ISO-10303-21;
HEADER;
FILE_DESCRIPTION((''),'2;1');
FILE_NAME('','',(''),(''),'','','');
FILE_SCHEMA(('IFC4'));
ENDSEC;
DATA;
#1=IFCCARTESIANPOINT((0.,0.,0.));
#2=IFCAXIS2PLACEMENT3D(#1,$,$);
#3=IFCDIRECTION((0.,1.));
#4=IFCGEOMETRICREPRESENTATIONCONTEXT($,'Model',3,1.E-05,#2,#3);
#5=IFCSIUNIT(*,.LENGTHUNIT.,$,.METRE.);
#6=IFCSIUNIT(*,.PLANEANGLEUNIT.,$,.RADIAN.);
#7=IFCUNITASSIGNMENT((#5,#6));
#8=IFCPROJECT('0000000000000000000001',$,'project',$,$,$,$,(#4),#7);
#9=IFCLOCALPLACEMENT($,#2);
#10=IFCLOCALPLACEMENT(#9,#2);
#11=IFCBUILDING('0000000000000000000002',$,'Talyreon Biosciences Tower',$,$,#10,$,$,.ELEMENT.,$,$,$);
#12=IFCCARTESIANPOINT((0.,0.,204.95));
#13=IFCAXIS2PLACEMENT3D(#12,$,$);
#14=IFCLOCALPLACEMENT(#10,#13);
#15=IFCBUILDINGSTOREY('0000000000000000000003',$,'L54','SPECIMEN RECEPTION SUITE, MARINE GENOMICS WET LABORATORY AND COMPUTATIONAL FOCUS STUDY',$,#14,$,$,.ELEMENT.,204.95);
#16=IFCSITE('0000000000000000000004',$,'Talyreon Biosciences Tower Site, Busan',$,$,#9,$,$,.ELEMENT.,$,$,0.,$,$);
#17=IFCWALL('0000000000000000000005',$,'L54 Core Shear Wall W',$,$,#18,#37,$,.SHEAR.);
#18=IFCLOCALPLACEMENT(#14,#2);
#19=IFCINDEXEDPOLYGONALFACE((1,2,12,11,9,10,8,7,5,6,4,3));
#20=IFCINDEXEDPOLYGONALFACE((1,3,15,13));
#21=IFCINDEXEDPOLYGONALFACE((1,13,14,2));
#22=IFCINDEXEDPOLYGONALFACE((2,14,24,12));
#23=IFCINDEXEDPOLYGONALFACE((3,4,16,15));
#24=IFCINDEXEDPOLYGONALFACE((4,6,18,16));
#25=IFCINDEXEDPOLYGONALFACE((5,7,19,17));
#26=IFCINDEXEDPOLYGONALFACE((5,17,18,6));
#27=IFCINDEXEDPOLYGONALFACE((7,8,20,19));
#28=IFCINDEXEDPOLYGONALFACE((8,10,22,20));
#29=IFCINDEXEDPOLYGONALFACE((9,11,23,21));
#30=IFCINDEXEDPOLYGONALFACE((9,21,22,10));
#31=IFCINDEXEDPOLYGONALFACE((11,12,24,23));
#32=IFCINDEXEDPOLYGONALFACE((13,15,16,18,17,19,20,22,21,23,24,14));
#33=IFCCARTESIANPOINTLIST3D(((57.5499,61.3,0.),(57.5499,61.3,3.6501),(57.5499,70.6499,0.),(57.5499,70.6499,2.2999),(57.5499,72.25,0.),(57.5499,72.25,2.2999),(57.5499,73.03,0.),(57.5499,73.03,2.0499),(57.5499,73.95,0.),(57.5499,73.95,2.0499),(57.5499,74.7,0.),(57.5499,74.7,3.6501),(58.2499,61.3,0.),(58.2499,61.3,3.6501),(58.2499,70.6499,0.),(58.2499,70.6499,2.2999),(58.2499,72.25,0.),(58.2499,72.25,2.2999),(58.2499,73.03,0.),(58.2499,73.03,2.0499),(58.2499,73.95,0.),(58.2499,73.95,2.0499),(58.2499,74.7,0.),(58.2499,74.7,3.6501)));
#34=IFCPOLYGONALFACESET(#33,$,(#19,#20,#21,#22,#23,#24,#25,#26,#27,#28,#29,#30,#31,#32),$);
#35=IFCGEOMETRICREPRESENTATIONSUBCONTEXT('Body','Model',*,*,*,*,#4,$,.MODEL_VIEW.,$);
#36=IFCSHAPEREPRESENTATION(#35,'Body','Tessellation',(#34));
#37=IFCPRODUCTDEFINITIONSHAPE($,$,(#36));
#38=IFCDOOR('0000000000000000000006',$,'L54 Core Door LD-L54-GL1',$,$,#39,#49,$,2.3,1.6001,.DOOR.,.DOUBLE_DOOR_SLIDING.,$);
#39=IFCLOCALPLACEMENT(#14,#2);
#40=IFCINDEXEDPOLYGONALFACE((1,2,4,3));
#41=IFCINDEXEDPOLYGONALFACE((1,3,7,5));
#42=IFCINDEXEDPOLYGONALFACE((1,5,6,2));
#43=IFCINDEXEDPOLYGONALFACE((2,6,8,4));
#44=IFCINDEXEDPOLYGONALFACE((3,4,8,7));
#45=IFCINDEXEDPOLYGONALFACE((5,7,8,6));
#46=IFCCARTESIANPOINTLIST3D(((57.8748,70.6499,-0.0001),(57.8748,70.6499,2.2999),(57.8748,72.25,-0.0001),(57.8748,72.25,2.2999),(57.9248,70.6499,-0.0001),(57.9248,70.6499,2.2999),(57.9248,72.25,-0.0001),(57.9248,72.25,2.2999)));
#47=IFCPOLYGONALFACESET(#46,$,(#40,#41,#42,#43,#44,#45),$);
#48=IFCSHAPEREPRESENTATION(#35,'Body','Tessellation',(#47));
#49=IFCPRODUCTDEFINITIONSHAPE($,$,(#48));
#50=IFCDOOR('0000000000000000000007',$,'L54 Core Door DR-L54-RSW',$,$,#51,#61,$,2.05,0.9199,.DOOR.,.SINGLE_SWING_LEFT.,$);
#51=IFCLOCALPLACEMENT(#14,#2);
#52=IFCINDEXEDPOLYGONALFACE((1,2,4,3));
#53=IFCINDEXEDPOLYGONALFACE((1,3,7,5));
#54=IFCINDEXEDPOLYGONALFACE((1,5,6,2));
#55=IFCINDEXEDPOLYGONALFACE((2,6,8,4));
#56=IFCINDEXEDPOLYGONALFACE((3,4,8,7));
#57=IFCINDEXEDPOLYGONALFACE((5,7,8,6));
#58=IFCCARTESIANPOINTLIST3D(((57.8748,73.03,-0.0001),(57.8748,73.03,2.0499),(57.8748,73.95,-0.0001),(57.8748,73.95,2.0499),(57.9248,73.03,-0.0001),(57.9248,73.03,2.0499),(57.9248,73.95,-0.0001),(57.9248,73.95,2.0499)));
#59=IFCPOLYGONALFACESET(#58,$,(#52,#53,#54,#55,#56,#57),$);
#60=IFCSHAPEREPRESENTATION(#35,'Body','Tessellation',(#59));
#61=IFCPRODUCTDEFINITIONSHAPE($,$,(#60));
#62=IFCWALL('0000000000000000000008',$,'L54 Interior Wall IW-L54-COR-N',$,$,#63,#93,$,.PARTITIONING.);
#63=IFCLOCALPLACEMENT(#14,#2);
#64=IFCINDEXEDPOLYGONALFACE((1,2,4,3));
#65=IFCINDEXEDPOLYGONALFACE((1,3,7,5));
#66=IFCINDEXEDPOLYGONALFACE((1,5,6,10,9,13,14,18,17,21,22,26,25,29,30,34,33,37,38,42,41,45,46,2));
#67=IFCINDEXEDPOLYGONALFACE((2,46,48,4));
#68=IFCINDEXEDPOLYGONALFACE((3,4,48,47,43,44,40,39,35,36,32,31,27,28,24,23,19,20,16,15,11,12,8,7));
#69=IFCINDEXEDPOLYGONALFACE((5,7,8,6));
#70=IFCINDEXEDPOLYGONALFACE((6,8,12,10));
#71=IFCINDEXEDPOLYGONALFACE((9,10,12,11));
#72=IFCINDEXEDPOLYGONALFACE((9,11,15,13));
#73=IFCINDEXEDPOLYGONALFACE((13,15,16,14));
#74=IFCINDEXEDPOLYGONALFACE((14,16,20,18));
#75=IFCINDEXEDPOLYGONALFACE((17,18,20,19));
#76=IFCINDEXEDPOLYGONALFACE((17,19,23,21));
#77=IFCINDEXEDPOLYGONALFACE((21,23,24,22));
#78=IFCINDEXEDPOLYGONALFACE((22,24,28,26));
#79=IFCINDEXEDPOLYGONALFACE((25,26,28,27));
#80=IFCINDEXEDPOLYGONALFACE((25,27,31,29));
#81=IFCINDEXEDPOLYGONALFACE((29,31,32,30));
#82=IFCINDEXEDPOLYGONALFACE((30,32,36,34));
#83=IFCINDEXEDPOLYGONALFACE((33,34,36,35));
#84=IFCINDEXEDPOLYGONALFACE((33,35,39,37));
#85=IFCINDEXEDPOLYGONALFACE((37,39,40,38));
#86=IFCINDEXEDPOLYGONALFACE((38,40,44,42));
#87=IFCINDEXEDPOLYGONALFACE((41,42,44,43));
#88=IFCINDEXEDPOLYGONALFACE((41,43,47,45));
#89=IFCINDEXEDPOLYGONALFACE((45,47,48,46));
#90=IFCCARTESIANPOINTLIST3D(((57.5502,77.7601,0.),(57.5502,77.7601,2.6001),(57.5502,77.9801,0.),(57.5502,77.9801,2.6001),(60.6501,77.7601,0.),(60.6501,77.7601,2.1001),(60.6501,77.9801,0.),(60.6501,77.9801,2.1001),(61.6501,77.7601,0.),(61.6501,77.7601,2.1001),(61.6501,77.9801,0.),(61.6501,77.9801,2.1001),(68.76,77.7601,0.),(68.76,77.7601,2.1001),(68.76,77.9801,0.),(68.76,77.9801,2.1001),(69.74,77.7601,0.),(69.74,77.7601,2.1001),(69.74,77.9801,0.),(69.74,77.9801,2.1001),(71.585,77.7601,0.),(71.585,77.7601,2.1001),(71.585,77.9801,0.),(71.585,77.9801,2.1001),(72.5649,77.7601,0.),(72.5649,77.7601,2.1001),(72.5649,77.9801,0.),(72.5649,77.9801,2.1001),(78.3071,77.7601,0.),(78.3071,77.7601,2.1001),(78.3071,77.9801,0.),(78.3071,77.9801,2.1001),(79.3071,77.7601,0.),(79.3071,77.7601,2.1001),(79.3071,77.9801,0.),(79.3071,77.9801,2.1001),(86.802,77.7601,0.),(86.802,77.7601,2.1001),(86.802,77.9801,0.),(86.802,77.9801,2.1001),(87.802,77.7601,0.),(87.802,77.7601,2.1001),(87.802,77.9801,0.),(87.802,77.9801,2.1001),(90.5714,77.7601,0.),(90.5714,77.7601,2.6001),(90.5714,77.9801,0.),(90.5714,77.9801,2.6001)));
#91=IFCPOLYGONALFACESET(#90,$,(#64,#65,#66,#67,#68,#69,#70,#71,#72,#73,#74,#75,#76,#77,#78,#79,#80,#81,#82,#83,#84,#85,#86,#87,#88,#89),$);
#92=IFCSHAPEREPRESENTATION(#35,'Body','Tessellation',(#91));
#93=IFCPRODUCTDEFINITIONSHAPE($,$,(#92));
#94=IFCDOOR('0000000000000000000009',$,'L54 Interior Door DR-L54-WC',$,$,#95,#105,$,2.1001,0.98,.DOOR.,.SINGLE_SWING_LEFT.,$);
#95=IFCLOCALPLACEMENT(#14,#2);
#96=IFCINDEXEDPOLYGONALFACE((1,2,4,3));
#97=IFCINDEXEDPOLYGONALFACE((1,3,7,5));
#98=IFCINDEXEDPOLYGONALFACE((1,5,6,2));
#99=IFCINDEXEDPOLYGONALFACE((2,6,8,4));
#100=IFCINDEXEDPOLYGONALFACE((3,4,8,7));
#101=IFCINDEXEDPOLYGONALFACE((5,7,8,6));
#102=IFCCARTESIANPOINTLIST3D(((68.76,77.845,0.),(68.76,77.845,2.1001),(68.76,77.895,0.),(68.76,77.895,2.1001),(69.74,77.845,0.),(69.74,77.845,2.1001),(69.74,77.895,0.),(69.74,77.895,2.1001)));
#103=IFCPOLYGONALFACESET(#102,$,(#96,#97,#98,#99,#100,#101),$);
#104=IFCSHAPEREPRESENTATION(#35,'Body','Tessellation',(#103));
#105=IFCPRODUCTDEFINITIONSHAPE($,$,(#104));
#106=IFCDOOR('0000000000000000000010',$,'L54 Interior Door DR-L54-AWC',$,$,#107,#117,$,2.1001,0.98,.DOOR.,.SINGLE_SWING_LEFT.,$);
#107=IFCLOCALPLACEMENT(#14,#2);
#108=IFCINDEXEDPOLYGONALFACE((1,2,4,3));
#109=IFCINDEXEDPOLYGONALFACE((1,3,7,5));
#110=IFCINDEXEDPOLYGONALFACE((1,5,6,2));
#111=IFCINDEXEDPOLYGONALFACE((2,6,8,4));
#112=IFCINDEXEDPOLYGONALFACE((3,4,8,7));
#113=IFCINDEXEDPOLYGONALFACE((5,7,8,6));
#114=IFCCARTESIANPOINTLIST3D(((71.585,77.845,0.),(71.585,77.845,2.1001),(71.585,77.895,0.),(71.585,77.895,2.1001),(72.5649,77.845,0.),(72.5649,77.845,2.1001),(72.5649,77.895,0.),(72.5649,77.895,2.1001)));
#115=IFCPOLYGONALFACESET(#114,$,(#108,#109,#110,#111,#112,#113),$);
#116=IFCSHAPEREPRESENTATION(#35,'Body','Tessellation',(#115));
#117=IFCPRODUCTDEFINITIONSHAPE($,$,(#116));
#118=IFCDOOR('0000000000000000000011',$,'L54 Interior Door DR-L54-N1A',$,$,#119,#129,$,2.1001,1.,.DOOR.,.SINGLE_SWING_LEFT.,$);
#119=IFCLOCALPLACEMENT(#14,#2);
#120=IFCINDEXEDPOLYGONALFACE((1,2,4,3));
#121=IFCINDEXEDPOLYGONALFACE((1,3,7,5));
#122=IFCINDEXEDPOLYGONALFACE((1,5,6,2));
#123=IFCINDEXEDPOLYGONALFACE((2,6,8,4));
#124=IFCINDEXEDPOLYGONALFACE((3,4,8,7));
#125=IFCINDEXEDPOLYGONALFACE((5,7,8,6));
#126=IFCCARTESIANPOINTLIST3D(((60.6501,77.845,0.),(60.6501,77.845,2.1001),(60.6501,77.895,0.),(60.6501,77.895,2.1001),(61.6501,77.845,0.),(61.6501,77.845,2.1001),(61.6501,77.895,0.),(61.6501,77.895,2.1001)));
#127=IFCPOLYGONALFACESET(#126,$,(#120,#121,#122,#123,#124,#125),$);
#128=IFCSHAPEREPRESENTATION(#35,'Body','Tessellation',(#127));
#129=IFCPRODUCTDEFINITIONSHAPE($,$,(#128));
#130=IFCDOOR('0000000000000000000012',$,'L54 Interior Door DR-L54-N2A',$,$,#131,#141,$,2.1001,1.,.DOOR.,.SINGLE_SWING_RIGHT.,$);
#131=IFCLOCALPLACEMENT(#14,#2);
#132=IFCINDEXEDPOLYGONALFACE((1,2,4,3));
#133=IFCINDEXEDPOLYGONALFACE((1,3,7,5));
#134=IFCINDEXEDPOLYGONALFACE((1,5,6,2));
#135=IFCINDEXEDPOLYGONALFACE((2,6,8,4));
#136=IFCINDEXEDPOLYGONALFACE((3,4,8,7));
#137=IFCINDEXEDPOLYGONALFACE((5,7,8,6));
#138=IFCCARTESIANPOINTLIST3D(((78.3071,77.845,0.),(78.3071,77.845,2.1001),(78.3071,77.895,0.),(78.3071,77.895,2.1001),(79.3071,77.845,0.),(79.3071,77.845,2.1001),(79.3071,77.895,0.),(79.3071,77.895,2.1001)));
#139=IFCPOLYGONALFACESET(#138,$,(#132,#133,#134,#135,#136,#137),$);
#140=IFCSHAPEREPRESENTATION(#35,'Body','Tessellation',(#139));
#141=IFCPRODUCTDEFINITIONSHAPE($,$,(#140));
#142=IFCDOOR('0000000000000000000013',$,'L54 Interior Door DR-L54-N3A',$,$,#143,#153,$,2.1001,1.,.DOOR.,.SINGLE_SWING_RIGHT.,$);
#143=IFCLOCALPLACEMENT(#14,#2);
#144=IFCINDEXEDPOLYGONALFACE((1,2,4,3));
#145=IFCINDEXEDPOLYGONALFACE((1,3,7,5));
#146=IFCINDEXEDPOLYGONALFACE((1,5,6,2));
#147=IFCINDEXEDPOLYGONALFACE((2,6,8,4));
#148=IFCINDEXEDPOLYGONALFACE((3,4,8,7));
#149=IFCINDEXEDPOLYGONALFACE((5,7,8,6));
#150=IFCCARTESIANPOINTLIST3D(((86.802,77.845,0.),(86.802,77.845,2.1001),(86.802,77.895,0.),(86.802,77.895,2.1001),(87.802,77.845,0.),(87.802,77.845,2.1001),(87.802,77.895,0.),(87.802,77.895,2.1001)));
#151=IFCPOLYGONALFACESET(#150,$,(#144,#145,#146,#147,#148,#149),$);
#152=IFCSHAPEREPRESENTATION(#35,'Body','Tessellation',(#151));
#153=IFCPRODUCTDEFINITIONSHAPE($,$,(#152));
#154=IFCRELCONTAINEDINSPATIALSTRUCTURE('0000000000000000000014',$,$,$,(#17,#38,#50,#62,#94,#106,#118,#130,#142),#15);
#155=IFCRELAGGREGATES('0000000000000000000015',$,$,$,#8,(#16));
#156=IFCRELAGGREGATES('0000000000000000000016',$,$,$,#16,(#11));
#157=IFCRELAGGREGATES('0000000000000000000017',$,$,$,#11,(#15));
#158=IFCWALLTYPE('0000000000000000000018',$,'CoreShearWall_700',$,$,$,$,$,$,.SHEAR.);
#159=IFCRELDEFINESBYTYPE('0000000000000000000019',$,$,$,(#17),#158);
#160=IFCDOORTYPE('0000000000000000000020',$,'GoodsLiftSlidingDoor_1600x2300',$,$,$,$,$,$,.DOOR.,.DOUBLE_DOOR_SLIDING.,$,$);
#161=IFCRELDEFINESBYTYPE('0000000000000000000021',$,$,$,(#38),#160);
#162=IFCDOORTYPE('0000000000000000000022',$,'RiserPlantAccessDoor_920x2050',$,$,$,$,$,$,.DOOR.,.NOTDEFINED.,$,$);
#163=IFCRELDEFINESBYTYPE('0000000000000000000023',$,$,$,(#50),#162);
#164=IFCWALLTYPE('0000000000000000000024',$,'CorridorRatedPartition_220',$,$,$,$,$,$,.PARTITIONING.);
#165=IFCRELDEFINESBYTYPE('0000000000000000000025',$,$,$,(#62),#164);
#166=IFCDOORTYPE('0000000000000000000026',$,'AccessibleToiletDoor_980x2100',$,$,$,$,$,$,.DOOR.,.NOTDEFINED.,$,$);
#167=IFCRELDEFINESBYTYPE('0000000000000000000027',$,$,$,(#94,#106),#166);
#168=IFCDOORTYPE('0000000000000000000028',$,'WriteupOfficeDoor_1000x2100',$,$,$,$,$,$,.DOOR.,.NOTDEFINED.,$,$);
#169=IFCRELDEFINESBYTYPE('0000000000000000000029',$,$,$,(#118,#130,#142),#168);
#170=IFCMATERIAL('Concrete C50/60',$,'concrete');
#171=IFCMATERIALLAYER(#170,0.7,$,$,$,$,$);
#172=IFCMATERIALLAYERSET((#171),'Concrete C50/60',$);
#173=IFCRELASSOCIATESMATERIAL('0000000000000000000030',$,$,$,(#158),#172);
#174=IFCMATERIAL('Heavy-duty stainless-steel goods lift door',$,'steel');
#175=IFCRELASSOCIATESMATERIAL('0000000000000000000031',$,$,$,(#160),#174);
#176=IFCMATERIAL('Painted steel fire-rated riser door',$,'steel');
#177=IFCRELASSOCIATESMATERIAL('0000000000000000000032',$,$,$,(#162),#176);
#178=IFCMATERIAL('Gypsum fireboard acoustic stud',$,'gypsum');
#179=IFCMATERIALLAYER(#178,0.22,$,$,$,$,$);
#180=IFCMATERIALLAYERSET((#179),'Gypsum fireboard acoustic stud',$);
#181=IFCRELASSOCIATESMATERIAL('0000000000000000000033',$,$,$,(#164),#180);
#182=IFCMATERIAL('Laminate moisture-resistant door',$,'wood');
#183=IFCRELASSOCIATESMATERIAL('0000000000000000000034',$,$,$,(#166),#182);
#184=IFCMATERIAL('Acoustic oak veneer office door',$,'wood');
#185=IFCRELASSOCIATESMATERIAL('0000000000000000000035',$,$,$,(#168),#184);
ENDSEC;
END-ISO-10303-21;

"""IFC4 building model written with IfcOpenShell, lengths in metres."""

from ifc_helpers import new_model, si_unit, direction, frame, frame_2d, origin, place, context, subcontext, project, spatial, rectangle, extrude, material, layer, layer_set, type_object, element, fill, save


model = new_model("IFC4")

# Units and contexts
model_context = context("Model", 3, precision=1e-05, world=origin(), true_north=direction((0.0, 1.0)))
body_context = subcontext(model_context, "Body", "Model", "MODEL_VIEW")
ifc_project = project(units=[si_unit("LENGTHUNIT", "METRE"), si_unit("PLANEANGLEUNIT", "RADIAN")], contexts=[model_context])

# Site, building, storey
site_placement = place(None, origin())
site = spatial("IfcSite", under=ifc_project, at=site_placement, Name="Talyreon Biosciences Tower Site, Busan", CompositionType="ELEMENT", RefElevation=0.0)
building_placement = place(site_placement, origin())
building = spatial("IfcBuilding", under=site, at=building_placement, Name="Talyreon Biosciences Tower", CompositionType="ELEMENT")
storey_placement = place(building_placement, frame((0.0, 0.0, 204.95)))
storey = spatial("IfcBuildingStorey", under=building, at=storey_placement, Name="L54", Description="SPECIMEN RECEPTION SUITE, MARINE GENOMICS WET LABORATORY AND COMPUTATIONAL FOCUS STUDY", CompositionType="ELEMENT", Elevation=204.95)

# Shared definitions
ifc_material_1 = material(Name="Concrete C50/60", Category="concrete")

# Shared definitions
ifc_layer_1 = layer(ifc_material_1, 0.7)
ifc_layer_set_1 = layer_set([ifc_layer_1], Name="Concrete C50/60")
wall_type_1 = type_object("IfcWallType", Name="CoreShearWall_700", PredefinedType="SHEAR", material=ifc_layer_set_1)

# Walls, openings, doors
wall_1_placement = place(storey_placement, frame((57.8999, 74.7, 0.0), z_axis=(0.0, 0.0, 1.0), x_axis=(0.0, -1.0, 0.0)))
wall_1 = element("IfcWall", 1, at=wall_1_placement, inside=storey, type_object=wall_type_1, Name="L54 Core Shear Wall W", PredefinedType="SHEAR", context=body_context, shape_type="SweptSolid", body=[
    extrude(rectangle(XDim=13.3999, YDim=0.7, at=frame_2d((6.7, 0.0))), origin(), (0.0, 0.0, 1.0), 3.6501),
])
opening_1_placement = place(wall_1_placement, frame((0.75, 0.0, 0.0)))
opening_1 = element("IfcOpeningElement", 2, at=opening_1_placement, cuts=wall_1, PredefinedType="OPENING", context=body_context, shape_type="SweptSolid", body=[
    extrude(rectangle(XDim=0.9199, YDim=2.05, at=frame_2d((0.46, 1.0249))), frame((0.0, 0.3599, 0.0), z_axis=(0.0, -1.0, 0.0), x_axis=(1.0, 0.0, 0.0)), (0.0, 0.0, 1.0), 0.72),
])
opening_2_placement = place(wall_1_placement, frame((2.45, 0.0, 0.0)))
opening_2 = element("IfcOpeningElement", 3, at=opening_2_placement, cuts=wall_1, PredefinedType="OPENING", context=body_context, shape_type="SweptSolid", body=[
    extrude(rectangle(XDim=1.6001, YDim=2.3, at=frame_2d((0.8, 1.1499))), frame((0.0, 0.3599, 0.0), z_axis=(0.0, -1.0, 0.0), x_axis=(1.0, 0.0, 0.0)), (0.0, 0.0, 1.0), 0.72),
])
ifc_material_2 = material(Name="Heavy-duty stainless-steel goods lift door", Category="steel")
door_type_1 = type_object("IfcDoorType", Name="GoodsLiftSlidingDoor_1600x2300", OperationType="DOUBLE_DOOR_SLIDING", PredefinedType="DOOR", material=ifc_material_2)
door_1_placement = place(opening_2_placement, origin())
door_1 = element("IfcDoor", 4, at=door_1_placement, inside=storey, type_object=door_type_1, Name="L54 Core Door LD-L54-GL1", OperationType="DOUBLE_DOOR_SLIDING", OverallHeight=2.3, OverallWidth=1.6001, PredefinedType="DOOR", context=body_context, shape_type="SweptSolid", body=[
    extrude(rectangle(XDim=1.6001, YDim=2.3, at=frame_2d((0.8, 1.1499))), frame((0.0, 0.0249, 0.0), z_axis=(0.0, -1.0, 0.0), x_axis=(1.0, 0.0, 0.0)), (0.0, 0.0, 1.0), 0.05),
])
fill(opening_2, door_1)
ifc_material_3 = material(Name="Painted steel fire-rated riser door", Category="steel")
door_type_2 = type_object("IfcDoorType", Name="RiserPlantAccessDoor_920x2050", OperationType="NOTDEFINED", PredefinedType="DOOR", material=ifc_material_3)
door_2_placement = place(opening_1_placement, origin())
door_2 = element("IfcDoor", 5, at=door_2_placement, inside=storey, type_object=door_type_2, Name="L54 Core Door DR-L54-RSW", OperationType="SINGLE_SWING_LEFT", OverallHeight=2.05, OverallWidth=0.9199, PredefinedType="DOOR", context=body_context, shape_type="SweptSolid", body=[
    extrude(rectangle(XDim=0.9199, YDim=2.05, at=frame_2d((0.46, 1.0249))), frame((0.0, 0.0249, 0.0), z_axis=(0.0, -1.0, 0.0), x_axis=(1.0, 0.0, 0.0)), (0.0, 0.0, 1.0), 0.05),
])
fill(opening_1, door_2)
ifc_material_4 = material(Name="Gypsum fireboard acoustic stud", Category="gypsum")
ifc_layer_2 = layer(ifc_material_4, 0.22)
ifc_layer_set_2 = layer_set([ifc_layer_2], Name="Gypsum fireboard acoustic stud")
wall_type_2 = type_object("IfcWallType", Name="CorridorRatedPartition_220", PredefinedType="PARTITIONING", material=ifc_layer_set_2)
wall_2_placement = place(storey_placement, frame((57.55, 77.8701, 0.0), z_axis=(0.0, 0.0, 1.0), x_axis=(1.0, 0.0, 0.0)))
wall_2 = element("IfcWall", 6, at=wall_2_placement, inside=storey, type_object=wall_type_2, Name="L54 Interior Wall IW-L54-COR-N", PredefinedType="PARTITIONING", context=body_context, shape_type="SweptSolid", body=[
    extrude(rectangle(XDim=33.0212, YDim=0.22, at=frame_2d((16.5107, 0.0))), origin(), (0.0, 0.0, 1.0), 2.6001),
])
opening_3_placement = place(wall_2_placement, frame((11.21, 0.0, 0.0)))
opening_3 = element("IfcOpeningElement", 7, at=opening_3_placement, cuts=wall_2, PredefinedType="OPENING", context=body_context, shape_type="SweptSolid", body=[
    extrude(rectangle(XDim=0.98, YDim=2.1001, at=frame_2d((0.49, 1.05))), frame((0.0, 0.1199, 0.0), z_axis=(0.0, -1.0, 0.0), x_axis=(1.0, 0.0, 0.0)), (0.0, 0.0, 1.0), 0.24),
])
opening_4_placement = place(wall_2_placement, frame((14.0349, 0.0, 0.0)))
opening_4 = element("IfcOpeningElement", 8, at=opening_4_placement, cuts=wall_2, PredefinedType="OPENING", context=body_context, shape_type="SweptSolid", body=[
    extrude(rectangle(XDim=0.98, YDim=2.1001, at=frame_2d((0.49, 1.05))), frame((0.0, 0.1199, 0.0), z_axis=(0.0, -1.0, 0.0), x_axis=(1.0, 0.0, 0.0)), (0.0, 0.0, 1.0), 0.24),
])
opening_5_placement = place(wall_2_placement, frame((3.1001, 0.0, 0.0)))
opening_5 = element("IfcOpeningElement", 9, at=opening_5_placement, cuts=wall_2, PredefinedType="OPENING", context=body_context, shape_type="SweptSolid", body=[
    extrude(rectangle(XDim=1.0, YDim=2.1001, at=frame_2d((0.5, 1.05))), frame((0.0, 0.1199, 0.0), z_axis=(0.0, -1.0, 0.0), x_axis=(1.0, 0.0, 0.0)), (0.0, 0.0, 1.0), 0.24),
])
opening_6_placement = place(wall_2_placement, frame((20.7571, 0.0, 0.0)))
opening_6 = element("IfcOpeningElement", 10, at=opening_6_placement, cuts=wall_2, PredefinedType="OPENING", context=body_context, shape_type="SweptSolid", body=[
    extrude(rectangle(XDim=1.0, YDim=2.1001, at=frame_2d((0.5, 1.05))), frame((0.0, 0.1199, 0.0), z_axis=(0.0, -1.0, 0.0), x_axis=(1.0, 0.0, 0.0)), (0.0, 0.0, 1.0), 0.24),
])
opening_7_placement = place(wall_2_placement, frame((29.252, 0.0, 0.0)))
opening_7 = element("IfcOpeningElement", 11, at=opening_7_placement, cuts=wall_2, PredefinedType="OPENING", context=body_context, shape_type="SweptSolid", body=[
    extrude(rectangle(XDim=1.0, YDim=2.1001, at=frame_2d((0.5, 1.05))), frame((0.0, 0.1199, 0.0), z_axis=(0.0, -1.0, 0.0), x_axis=(1.0, 0.0, 0.0)), (0.0, 0.0, 1.0), 0.24),
])
ifc_material_5 = material(Name="Laminate moisture-resistant door", Category="wood")
door_type_3 = type_object("IfcDoorType", Name="AccessibleToiletDoor_980x2100", OperationType="NOTDEFINED", PredefinedType="DOOR", material=ifc_material_5)
door_3_placement = place(opening_3_placement, origin())
door_3 = element("IfcDoor", 12, at=door_3_placement, inside=storey, type_object=door_type_3, Name="L54 Interior Door DR-L54-WC", OperationType="SINGLE_SWING_LEFT", OverallHeight=2.1001, OverallWidth=0.98, PredefinedType="DOOR", context=body_context, shape_type="SweptSolid", body=[
    extrude(rectangle(XDim=0.98, YDim=2.1001, at=frame_2d((0.49, 1.05))), frame((0.0, 0.0249, 0.0), z_axis=(0.0, -1.0, 0.0), x_axis=(1.0, 0.0, 0.0)), (0.0, 0.0, 1.0), 0.05),
])
fill(opening_3, door_3)
door_4_placement = place(opening_4_placement, origin())
door_4 = element("IfcDoor", 13, at=door_4_placement, inside=storey, type_object=door_type_3, Name="L54 Interior Door DR-L54-AWC", OperationType="SINGLE_SWING_LEFT", OverallHeight=2.1001, OverallWidth=0.98, PredefinedType="DOOR", context=body_context, shape_type="SweptSolid", body=[
    extrude(rectangle(XDim=0.98, YDim=2.1001, at=frame_2d((0.49, 1.05))), frame((0.0, 0.0249, 0.0), z_axis=(0.0, -1.0, 0.0), x_axis=(1.0, 0.0, 0.0)), (0.0, 0.0, 1.0), 0.05),
])
fill(opening_4, door_4)
ifc_material_6 = material(Name="Acoustic oak veneer office door", Category="wood")
door_type_4 = type_object("IfcDoorType", Name="WriteupOfficeDoor_1000x2100", OperationType="NOTDEFINED", PredefinedType="DOOR", material=ifc_material_6)
door_5_placement = place(opening_5_placement, origin())
door_5 = element("IfcDoor", 14, at=door_5_placement, inside=storey, type_object=door_type_4, Name="L54 Interior Door DR-L54-N1A", OperationType="SINGLE_SWING_LEFT", OverallHeight=2.1001, OverallWidth=1.0, PredefinedType="DOOR", context=body_context, shape_type="SweptSolid", body=[
    extrude(rectangle(XDim=1.0, YDim=2.1001, at=frame_2d((0.5, 1.05))), frame((0.0, 0.0249, 0.0), z_axis=(0.0, -1.0, 0.0), x_axis=(1.0, 0.0, 0.0)), (0.0, 0.0, 1.0), 0.05),
])
fill(opening_5, door_5)
door_6_placement = place(opening_6_placement, origin())
door_6 = element("IfcDoor", 15, at=door_6_placement, inside=storey, type_object=door_type_4, Name="L54 Interior Door DR-L54-N2A", OperationType="SINGLE_SWING_RIGHT", OverallHeight=2.1001, OverallWidth=1.0, PredefinedType="DOOR", context=body_context, shape_type="SweptSolid", body=[
    extrude(rectangle(XDim=1.0, YDim=2.1001, at=frame_2d((0.5, 1.05))), frame((0.0, 0.0249, 0.0), z_axis=(0.0, -1.0, 0.0), x_axis=(1.0, 0.0, 0.0)), (0.0, 0.0, 1.0), 0.05),
])
fill(opening_6, door_6)
door_7_placement = place(opening_7_placement, origin())
door_7 = element("IfcDoor", 16, at=door_7_placement, inside=storey, type_object=door_type_4, Name="L54 Interior Door DR-L54-N3A", OperationType="SINGLE_SWING_RIGHT", OverallHeight=2.1001, OverallWidth=1.0, PredefinedType="DOOR", context=body_context, shape_type="SweptSolid", body=[
    extrude(rectangle(XDim=1.0, YDim=2.1001, at=frame_2d((0.5, 1.05))), frame((0.0, 0.0249, 0.0), z_axis=(0.0, -1.0, 0.0), x_axis=(1.0, 0.0, 0.0)), (0.0, 0.0, 1.0), 0.05),
])
fill(opening_7, door_7)

save(model, "model.ifc")
